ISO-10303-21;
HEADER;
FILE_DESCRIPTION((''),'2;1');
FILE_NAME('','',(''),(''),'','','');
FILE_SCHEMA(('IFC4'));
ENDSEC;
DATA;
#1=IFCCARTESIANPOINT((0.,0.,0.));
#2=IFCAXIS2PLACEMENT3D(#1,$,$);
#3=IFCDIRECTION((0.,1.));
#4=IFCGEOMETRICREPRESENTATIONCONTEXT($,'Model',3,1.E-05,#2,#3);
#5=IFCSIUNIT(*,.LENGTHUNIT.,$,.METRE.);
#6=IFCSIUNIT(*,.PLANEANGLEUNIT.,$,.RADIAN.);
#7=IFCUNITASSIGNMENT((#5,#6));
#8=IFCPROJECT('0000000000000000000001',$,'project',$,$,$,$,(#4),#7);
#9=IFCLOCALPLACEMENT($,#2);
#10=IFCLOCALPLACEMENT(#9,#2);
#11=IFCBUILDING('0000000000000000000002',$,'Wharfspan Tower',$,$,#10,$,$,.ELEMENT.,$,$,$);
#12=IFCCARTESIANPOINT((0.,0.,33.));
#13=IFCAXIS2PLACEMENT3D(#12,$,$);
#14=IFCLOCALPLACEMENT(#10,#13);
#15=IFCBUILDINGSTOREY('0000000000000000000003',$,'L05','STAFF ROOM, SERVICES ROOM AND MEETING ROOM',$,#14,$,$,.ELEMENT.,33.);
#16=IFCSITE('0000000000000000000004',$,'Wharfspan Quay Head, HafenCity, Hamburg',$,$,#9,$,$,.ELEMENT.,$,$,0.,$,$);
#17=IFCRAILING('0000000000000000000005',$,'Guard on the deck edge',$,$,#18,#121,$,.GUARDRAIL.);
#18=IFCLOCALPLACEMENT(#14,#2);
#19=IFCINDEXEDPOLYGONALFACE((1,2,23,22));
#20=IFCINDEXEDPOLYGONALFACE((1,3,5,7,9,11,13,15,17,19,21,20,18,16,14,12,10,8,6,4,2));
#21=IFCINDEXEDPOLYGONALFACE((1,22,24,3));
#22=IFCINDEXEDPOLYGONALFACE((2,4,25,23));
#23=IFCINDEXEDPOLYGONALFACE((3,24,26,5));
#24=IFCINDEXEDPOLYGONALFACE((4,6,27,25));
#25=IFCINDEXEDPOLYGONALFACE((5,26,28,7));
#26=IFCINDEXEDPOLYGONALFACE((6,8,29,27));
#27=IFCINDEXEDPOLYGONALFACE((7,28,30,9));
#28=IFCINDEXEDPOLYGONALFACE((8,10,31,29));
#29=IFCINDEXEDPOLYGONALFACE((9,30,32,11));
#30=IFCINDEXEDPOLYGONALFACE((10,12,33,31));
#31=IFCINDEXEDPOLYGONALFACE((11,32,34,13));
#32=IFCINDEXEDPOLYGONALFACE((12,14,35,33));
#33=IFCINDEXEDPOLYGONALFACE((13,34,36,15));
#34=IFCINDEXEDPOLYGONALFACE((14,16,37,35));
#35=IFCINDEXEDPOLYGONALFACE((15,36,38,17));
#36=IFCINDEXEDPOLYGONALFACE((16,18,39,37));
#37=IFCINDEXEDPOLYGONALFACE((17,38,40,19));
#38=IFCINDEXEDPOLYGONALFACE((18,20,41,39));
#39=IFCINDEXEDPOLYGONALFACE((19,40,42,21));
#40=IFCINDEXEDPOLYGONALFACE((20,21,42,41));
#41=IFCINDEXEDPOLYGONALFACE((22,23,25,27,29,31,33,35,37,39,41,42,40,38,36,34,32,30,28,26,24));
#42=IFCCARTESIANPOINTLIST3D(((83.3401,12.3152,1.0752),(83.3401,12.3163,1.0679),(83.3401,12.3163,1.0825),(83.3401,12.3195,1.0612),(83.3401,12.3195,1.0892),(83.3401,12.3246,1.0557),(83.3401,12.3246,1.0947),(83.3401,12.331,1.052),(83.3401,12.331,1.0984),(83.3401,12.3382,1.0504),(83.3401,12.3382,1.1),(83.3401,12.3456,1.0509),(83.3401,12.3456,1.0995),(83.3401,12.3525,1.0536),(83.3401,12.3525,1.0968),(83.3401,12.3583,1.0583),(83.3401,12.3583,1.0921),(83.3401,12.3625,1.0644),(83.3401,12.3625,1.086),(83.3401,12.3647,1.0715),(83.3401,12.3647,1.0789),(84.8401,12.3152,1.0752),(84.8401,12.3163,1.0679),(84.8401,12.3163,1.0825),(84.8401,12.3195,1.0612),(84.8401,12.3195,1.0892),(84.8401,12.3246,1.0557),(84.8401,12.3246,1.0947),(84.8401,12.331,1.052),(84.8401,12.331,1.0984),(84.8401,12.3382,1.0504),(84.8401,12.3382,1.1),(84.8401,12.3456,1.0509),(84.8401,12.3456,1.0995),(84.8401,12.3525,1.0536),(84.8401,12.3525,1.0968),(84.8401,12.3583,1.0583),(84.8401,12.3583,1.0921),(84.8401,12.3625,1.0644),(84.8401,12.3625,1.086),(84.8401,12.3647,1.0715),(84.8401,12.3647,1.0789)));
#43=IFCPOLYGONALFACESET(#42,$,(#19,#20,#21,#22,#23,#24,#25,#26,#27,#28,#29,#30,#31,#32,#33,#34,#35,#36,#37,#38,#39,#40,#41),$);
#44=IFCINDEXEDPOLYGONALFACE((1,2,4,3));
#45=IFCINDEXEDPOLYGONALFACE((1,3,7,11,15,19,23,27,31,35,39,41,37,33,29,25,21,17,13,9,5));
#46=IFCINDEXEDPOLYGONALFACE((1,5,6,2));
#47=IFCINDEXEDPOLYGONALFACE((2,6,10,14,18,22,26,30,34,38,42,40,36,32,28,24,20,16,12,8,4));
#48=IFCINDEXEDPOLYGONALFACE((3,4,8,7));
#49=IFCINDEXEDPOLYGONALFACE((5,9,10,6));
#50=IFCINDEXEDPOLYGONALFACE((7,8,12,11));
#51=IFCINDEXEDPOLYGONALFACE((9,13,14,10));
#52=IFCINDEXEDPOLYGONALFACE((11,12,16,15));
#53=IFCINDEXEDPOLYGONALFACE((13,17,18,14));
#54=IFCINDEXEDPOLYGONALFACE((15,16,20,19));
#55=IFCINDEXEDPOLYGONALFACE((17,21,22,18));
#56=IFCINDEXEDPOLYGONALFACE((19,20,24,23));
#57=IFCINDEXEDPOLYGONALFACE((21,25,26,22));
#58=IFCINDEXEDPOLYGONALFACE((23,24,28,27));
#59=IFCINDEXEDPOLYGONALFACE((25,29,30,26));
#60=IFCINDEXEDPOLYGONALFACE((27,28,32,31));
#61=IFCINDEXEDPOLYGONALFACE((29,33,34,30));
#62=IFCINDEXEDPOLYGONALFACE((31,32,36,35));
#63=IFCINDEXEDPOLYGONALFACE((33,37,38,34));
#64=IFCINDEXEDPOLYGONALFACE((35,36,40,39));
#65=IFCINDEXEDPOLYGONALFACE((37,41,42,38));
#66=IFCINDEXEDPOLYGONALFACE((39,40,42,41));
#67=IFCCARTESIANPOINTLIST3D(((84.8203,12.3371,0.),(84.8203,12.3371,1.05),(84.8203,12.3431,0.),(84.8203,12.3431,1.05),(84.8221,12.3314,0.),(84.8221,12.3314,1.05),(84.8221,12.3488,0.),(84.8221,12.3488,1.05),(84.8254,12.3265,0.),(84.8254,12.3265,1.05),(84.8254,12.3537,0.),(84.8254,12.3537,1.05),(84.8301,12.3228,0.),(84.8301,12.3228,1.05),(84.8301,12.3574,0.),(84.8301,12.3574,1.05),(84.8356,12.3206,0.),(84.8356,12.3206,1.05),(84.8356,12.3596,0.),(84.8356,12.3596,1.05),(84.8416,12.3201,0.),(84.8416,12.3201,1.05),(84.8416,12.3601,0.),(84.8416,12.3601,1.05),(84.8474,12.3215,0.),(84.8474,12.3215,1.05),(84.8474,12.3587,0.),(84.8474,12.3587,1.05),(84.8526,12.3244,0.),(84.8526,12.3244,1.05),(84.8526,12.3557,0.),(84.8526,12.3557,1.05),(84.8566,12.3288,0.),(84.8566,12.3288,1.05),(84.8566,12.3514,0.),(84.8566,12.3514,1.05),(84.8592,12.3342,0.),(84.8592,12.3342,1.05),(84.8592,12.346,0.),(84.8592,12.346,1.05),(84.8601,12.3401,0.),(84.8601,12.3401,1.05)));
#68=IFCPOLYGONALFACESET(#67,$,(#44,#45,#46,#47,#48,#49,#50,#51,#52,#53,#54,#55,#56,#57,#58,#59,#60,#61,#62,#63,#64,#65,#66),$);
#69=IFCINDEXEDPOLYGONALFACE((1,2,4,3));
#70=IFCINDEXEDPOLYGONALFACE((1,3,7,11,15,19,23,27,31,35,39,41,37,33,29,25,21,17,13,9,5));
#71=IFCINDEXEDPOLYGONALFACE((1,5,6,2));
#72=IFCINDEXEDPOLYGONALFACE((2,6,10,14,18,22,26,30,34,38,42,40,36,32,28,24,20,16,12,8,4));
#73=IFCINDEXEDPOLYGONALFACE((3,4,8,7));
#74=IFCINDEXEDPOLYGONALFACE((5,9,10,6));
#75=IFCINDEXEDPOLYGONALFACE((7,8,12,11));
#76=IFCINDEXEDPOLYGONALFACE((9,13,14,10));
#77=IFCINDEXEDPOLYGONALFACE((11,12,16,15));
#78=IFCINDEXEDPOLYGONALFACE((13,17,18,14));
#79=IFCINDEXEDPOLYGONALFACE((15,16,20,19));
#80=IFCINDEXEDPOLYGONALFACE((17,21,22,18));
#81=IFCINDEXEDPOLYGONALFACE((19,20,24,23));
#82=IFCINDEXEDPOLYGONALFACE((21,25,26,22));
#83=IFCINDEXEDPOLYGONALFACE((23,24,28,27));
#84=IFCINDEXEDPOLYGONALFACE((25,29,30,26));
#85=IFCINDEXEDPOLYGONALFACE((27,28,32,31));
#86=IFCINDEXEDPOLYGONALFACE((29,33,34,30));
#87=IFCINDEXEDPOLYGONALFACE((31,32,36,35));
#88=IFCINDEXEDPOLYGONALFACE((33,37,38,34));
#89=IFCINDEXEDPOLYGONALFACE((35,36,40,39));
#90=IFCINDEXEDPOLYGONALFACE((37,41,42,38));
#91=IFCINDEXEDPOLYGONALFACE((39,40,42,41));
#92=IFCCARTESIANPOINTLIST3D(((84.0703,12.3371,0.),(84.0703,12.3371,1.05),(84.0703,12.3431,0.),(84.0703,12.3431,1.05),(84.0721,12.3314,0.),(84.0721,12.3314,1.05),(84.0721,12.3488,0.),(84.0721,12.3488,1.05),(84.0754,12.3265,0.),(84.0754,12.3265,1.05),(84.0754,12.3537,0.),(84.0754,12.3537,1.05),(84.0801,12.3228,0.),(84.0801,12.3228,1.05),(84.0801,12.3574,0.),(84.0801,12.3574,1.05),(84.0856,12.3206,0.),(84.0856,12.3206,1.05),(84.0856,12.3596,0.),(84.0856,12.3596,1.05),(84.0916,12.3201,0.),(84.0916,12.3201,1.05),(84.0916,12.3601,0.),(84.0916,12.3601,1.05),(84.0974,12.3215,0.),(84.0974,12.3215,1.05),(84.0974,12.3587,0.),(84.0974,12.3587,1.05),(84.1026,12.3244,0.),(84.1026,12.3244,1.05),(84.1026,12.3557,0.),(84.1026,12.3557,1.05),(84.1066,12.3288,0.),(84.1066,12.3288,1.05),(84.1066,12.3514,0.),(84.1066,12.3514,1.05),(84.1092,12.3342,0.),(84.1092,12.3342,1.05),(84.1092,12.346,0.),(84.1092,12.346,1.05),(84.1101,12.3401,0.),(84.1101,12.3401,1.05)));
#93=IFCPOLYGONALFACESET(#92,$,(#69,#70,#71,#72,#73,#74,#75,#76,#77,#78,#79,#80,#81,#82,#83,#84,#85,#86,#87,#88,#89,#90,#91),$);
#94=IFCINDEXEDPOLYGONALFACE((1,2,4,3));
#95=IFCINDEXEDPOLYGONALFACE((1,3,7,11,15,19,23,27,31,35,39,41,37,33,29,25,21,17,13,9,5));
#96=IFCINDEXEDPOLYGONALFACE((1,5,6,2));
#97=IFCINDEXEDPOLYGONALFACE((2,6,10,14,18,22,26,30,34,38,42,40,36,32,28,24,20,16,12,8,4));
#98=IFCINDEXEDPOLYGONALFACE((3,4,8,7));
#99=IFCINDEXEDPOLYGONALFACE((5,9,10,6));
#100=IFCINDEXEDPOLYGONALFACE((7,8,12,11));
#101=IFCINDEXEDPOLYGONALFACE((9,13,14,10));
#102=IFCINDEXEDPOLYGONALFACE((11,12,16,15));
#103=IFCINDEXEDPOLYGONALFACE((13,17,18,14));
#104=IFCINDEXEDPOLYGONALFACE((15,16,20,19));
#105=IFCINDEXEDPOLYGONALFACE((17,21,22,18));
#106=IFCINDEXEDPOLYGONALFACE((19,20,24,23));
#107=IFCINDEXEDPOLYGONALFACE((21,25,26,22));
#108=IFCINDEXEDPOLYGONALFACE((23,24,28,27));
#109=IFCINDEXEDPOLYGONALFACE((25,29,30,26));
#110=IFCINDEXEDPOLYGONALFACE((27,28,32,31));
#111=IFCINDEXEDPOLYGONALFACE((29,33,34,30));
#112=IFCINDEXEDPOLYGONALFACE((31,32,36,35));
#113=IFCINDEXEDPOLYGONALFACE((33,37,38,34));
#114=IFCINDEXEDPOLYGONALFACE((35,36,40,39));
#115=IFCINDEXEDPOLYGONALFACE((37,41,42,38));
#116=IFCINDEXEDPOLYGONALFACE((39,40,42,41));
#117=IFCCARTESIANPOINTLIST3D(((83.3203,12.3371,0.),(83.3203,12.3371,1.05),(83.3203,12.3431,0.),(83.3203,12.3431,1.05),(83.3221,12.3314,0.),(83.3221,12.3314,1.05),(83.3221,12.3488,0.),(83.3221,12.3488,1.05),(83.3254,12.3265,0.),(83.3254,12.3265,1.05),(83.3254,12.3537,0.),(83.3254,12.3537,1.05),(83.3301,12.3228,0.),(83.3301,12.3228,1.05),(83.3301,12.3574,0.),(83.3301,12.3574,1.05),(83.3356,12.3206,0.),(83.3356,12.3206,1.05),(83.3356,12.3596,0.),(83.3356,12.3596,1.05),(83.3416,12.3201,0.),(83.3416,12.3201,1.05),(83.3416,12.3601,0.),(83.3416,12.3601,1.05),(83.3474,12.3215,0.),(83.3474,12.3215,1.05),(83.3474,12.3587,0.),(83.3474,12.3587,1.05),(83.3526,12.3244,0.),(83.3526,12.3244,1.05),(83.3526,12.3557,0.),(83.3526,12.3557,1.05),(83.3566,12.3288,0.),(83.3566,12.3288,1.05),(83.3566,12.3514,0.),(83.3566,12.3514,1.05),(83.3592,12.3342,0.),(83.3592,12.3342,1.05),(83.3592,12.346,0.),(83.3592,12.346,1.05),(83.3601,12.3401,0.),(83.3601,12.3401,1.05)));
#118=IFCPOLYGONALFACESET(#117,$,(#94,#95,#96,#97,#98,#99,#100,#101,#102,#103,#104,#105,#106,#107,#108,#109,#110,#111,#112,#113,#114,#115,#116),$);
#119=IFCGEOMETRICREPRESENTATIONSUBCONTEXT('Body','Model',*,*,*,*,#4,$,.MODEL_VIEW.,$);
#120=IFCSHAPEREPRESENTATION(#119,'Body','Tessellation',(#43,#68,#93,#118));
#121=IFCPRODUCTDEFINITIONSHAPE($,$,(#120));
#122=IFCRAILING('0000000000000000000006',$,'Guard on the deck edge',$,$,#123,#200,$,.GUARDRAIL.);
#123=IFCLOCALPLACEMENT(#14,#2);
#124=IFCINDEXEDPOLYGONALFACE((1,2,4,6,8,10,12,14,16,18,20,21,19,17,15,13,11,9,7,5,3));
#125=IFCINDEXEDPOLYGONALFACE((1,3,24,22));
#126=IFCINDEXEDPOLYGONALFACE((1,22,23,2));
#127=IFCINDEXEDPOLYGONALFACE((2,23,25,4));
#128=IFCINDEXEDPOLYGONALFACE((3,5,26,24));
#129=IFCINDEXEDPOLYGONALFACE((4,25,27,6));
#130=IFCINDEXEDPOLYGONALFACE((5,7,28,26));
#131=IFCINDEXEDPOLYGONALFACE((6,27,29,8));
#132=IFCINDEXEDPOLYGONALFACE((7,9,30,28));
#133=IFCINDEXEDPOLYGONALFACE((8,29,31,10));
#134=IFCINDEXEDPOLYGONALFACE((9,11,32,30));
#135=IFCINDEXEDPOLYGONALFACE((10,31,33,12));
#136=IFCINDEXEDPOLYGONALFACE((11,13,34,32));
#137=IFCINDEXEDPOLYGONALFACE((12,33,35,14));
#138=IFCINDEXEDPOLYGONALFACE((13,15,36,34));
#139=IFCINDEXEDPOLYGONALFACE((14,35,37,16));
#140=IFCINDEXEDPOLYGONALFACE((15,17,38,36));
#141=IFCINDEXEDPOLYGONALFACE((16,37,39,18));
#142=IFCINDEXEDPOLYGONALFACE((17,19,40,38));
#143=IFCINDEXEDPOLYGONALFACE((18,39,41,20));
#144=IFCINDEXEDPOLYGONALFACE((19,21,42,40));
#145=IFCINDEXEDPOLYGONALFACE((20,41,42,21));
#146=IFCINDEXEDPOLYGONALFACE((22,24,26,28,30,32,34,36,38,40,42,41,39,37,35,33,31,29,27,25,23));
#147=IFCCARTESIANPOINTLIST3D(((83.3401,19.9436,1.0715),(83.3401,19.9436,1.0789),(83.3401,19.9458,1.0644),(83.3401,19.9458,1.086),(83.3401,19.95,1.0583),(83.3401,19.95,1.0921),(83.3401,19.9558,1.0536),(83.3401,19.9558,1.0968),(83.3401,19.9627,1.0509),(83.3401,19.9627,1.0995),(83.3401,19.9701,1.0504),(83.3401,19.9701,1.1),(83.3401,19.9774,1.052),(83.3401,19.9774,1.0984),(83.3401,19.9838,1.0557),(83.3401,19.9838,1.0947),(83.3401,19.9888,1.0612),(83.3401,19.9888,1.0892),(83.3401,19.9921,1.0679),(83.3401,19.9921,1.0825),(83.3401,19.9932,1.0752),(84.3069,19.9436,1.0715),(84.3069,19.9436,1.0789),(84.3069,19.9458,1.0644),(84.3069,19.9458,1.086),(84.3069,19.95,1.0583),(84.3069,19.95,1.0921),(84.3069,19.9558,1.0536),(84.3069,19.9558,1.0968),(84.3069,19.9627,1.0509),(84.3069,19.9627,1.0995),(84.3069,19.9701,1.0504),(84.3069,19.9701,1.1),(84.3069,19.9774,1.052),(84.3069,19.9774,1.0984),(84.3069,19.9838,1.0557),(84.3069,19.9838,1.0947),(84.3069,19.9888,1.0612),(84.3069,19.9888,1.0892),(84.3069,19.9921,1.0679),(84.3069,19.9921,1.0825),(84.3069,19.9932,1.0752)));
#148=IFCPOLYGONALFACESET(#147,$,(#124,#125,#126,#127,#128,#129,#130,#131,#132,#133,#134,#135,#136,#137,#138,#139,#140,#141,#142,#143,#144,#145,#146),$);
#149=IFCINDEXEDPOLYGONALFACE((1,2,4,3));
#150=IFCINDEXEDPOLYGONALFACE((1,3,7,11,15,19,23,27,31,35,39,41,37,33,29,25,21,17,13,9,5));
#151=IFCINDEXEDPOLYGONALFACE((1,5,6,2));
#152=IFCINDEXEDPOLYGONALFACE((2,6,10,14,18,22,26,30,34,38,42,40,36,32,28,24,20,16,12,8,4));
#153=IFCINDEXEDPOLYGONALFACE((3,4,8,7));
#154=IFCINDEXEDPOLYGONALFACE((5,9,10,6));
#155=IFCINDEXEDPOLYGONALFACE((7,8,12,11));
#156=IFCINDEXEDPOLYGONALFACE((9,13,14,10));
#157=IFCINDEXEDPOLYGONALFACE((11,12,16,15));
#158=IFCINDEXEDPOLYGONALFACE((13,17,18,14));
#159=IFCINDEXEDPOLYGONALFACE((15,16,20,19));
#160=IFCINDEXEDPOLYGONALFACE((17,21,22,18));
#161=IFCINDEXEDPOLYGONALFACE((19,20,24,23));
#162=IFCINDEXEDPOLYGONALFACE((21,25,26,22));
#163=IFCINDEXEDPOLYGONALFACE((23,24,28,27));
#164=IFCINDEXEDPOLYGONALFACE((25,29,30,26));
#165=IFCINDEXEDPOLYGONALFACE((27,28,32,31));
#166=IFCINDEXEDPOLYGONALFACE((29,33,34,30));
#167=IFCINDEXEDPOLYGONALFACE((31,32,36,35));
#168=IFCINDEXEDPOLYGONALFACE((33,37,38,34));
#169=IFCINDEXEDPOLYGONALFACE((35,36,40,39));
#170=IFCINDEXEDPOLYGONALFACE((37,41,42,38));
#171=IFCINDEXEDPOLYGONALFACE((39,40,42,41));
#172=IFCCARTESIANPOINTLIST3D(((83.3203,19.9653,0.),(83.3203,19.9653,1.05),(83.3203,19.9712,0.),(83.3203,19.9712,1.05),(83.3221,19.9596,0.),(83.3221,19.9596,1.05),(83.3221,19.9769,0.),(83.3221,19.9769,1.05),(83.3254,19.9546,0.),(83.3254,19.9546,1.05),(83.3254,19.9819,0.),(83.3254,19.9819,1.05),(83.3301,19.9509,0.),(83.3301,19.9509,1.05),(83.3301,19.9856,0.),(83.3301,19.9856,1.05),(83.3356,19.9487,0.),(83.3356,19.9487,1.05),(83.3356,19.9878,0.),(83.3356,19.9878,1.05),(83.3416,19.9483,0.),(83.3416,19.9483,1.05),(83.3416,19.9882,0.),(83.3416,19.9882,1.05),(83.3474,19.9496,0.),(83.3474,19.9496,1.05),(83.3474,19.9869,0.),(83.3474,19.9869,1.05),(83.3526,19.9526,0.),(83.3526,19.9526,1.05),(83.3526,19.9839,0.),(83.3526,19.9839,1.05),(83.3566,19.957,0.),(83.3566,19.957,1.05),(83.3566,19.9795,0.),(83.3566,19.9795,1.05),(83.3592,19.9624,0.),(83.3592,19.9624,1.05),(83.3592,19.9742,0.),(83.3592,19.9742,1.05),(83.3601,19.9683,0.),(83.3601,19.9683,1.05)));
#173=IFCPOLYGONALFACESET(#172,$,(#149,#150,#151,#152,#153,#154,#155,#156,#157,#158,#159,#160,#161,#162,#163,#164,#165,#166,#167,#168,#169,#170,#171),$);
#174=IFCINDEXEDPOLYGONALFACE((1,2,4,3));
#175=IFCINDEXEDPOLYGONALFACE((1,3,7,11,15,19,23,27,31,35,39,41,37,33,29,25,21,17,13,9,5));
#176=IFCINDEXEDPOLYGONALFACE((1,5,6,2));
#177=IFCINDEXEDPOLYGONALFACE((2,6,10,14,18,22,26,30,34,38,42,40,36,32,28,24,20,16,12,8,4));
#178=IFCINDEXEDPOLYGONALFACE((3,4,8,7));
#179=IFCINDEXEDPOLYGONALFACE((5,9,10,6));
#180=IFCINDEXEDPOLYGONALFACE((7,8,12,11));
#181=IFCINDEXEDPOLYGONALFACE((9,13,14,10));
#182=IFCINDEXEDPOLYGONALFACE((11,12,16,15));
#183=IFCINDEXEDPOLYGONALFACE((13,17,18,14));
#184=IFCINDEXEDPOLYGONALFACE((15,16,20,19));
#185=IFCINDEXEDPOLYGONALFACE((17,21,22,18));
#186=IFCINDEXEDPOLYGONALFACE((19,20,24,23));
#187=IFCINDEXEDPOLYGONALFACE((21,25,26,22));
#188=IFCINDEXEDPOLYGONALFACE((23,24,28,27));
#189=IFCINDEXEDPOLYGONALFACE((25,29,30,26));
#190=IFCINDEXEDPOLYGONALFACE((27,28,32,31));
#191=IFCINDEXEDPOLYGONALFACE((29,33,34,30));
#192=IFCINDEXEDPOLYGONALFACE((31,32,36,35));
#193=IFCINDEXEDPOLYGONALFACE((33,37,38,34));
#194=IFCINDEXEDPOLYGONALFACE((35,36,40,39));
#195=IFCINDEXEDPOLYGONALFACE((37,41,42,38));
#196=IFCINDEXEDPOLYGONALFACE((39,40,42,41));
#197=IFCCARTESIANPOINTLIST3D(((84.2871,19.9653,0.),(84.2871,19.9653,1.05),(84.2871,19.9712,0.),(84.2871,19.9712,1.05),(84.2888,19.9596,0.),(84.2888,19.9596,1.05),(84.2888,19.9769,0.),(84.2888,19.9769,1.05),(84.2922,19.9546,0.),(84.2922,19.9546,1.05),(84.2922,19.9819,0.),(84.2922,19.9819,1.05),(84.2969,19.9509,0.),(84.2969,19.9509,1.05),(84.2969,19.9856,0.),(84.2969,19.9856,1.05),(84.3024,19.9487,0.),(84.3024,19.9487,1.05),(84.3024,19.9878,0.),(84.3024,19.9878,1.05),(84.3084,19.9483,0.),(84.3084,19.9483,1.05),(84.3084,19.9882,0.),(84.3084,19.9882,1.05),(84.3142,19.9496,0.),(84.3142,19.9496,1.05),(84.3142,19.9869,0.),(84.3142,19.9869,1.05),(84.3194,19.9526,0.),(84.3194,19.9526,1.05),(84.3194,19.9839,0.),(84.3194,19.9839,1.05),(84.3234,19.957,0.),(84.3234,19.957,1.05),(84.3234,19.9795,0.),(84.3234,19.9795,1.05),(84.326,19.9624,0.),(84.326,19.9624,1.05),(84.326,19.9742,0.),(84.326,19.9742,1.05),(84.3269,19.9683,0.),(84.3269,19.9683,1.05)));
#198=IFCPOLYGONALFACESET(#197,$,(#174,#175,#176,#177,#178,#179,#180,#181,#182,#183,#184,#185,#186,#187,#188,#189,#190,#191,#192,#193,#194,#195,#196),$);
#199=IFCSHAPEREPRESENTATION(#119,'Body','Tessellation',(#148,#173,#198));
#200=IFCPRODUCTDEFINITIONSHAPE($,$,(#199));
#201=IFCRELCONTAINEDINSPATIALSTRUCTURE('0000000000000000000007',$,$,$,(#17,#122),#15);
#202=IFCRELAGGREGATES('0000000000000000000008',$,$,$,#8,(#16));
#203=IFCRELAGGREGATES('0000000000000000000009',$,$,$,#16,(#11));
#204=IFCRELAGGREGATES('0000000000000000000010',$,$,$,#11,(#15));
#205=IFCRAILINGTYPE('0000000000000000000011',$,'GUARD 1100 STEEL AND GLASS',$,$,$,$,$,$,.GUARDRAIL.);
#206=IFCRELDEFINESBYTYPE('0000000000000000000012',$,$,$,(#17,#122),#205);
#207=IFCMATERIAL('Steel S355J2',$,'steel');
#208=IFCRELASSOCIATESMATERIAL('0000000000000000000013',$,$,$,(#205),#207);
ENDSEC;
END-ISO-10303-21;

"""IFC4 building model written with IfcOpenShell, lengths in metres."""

from ifc_helpers import new_model, si_unit, direction, frame, origin, origin_2d, place, context, subcontext, project, spatial, circle, extrude, material, type_object, element, save


model = new_model("IFC4")

# Units and contexts
model_context = context("Model", 3, precision=1e-05, world=origin(), true_north=direction((0.0, 1.0)))
body_context = subcontext(model_context, "Body", "Model", "MODEL_VIEW")
ifc_project = project(units=[si_unit("LENGTHUNIT", "METRE"), si_unit("PLANEANGLEUNIT", "RADIAN")], contexts=[model_context])

# Site, building, storey
site_placement = place(None, origin())
site = spatial("IfcSite", under=ifc_project, at=site_placement, Name="Wharfspan Quay Head, HafenCity, Hamburg", CompositionType="ELEMENT", RefElevation=0.0)
building_placement = place(site_placement, origin())
building = spatial("IfcBuilding", under=site, at=building_placement, Name="Wharfspan Tower", CompositionType="ELEMENT")
storey_placement = place(building_placement, frame((0.0, 0.0, 33.0)))
storey = spatial("IfcBuildingStorey", under=building, at=storey_placement, Name="L05", Description="STAFF ROOM, SERVICES ROOM AND MEETING ROOM", CompositionType="ELEMENT", Elevation=33.0)

# Railings
ifc_material_1 = material(Name="Steel S355J2", Category="steel")
railing_type = type_object("IfcRailingType", Name="GUARD 1100 STEEL AND GLASS", PredefinedType="GUARDRAIL", material=ifc_material_1)
railing_1_placement = place(storey_placement, frame((84.8401, 12.3401, 0.0)))
element("IfcRailing", 1, at=railing_1_placement, inside=storey, type_object=railing_type, Name="Guard on the deck edge", PredefinedType="GUARDRAIL", context=body_context, shape_type="SweptSolid", body=[
    extrude(circle(Radius=0.0249, at=origin_2d()), frame((0.0, 0.0, 1.0752), z_axis=(-1.0, 0.0, 0.0), x_axis=(0.0, -1.0, 0.0)), (0.0, 0.0, 1.0), 1.5),
    extrude(circle(Radius=0.02, at=origin_2d()), origin(), (0.0, 0.0, 1.0), 1.05),
    extrude(circle(Radius=0.02, at=origin_2d()), frame((-0.75, 0.0, 0.0)), (0.0, 0.0, 1.0), 1.05),
    extrude(circle(Radius=0.02, at=origin_2d()), frame((-1.5, 0.0, 0.0)), (0.0, 0.0, 1.0), 1.05),
])
railing_2_placement = place(storey_placement, frame((83.3401, 19.9683, 0.0)))
element("IfcRailing", 2, at=railing_2_placement, inside=storey, type_object=railing_type, Name="Guard on the deck edge", PredefinedType="GUARDRAIL", context=body_context, shape_type="SweptSolid", body=[
    extrude(circle(Radius=0.0249, at=origin_2d()), frame((0.0, 0.0, 1.0752), z_axis=(1.0, 0.0, 0.0), x_axis=(0.0, 1.0, 0.0)), (0.0, 0.0, 1.0), 0.9668),
    extrude(circle(Radius=0.02, at=origin_2d()), origin(), (0.0, 0.0, 1.0), 1.05),
    extrude(circle(Radius=0.02, at=origin_2d()), frame((0.9668, 0.0, 0.0)), (0.0, 0.0, 1.0), 1.05),
])

save(model, "model.ifc")
